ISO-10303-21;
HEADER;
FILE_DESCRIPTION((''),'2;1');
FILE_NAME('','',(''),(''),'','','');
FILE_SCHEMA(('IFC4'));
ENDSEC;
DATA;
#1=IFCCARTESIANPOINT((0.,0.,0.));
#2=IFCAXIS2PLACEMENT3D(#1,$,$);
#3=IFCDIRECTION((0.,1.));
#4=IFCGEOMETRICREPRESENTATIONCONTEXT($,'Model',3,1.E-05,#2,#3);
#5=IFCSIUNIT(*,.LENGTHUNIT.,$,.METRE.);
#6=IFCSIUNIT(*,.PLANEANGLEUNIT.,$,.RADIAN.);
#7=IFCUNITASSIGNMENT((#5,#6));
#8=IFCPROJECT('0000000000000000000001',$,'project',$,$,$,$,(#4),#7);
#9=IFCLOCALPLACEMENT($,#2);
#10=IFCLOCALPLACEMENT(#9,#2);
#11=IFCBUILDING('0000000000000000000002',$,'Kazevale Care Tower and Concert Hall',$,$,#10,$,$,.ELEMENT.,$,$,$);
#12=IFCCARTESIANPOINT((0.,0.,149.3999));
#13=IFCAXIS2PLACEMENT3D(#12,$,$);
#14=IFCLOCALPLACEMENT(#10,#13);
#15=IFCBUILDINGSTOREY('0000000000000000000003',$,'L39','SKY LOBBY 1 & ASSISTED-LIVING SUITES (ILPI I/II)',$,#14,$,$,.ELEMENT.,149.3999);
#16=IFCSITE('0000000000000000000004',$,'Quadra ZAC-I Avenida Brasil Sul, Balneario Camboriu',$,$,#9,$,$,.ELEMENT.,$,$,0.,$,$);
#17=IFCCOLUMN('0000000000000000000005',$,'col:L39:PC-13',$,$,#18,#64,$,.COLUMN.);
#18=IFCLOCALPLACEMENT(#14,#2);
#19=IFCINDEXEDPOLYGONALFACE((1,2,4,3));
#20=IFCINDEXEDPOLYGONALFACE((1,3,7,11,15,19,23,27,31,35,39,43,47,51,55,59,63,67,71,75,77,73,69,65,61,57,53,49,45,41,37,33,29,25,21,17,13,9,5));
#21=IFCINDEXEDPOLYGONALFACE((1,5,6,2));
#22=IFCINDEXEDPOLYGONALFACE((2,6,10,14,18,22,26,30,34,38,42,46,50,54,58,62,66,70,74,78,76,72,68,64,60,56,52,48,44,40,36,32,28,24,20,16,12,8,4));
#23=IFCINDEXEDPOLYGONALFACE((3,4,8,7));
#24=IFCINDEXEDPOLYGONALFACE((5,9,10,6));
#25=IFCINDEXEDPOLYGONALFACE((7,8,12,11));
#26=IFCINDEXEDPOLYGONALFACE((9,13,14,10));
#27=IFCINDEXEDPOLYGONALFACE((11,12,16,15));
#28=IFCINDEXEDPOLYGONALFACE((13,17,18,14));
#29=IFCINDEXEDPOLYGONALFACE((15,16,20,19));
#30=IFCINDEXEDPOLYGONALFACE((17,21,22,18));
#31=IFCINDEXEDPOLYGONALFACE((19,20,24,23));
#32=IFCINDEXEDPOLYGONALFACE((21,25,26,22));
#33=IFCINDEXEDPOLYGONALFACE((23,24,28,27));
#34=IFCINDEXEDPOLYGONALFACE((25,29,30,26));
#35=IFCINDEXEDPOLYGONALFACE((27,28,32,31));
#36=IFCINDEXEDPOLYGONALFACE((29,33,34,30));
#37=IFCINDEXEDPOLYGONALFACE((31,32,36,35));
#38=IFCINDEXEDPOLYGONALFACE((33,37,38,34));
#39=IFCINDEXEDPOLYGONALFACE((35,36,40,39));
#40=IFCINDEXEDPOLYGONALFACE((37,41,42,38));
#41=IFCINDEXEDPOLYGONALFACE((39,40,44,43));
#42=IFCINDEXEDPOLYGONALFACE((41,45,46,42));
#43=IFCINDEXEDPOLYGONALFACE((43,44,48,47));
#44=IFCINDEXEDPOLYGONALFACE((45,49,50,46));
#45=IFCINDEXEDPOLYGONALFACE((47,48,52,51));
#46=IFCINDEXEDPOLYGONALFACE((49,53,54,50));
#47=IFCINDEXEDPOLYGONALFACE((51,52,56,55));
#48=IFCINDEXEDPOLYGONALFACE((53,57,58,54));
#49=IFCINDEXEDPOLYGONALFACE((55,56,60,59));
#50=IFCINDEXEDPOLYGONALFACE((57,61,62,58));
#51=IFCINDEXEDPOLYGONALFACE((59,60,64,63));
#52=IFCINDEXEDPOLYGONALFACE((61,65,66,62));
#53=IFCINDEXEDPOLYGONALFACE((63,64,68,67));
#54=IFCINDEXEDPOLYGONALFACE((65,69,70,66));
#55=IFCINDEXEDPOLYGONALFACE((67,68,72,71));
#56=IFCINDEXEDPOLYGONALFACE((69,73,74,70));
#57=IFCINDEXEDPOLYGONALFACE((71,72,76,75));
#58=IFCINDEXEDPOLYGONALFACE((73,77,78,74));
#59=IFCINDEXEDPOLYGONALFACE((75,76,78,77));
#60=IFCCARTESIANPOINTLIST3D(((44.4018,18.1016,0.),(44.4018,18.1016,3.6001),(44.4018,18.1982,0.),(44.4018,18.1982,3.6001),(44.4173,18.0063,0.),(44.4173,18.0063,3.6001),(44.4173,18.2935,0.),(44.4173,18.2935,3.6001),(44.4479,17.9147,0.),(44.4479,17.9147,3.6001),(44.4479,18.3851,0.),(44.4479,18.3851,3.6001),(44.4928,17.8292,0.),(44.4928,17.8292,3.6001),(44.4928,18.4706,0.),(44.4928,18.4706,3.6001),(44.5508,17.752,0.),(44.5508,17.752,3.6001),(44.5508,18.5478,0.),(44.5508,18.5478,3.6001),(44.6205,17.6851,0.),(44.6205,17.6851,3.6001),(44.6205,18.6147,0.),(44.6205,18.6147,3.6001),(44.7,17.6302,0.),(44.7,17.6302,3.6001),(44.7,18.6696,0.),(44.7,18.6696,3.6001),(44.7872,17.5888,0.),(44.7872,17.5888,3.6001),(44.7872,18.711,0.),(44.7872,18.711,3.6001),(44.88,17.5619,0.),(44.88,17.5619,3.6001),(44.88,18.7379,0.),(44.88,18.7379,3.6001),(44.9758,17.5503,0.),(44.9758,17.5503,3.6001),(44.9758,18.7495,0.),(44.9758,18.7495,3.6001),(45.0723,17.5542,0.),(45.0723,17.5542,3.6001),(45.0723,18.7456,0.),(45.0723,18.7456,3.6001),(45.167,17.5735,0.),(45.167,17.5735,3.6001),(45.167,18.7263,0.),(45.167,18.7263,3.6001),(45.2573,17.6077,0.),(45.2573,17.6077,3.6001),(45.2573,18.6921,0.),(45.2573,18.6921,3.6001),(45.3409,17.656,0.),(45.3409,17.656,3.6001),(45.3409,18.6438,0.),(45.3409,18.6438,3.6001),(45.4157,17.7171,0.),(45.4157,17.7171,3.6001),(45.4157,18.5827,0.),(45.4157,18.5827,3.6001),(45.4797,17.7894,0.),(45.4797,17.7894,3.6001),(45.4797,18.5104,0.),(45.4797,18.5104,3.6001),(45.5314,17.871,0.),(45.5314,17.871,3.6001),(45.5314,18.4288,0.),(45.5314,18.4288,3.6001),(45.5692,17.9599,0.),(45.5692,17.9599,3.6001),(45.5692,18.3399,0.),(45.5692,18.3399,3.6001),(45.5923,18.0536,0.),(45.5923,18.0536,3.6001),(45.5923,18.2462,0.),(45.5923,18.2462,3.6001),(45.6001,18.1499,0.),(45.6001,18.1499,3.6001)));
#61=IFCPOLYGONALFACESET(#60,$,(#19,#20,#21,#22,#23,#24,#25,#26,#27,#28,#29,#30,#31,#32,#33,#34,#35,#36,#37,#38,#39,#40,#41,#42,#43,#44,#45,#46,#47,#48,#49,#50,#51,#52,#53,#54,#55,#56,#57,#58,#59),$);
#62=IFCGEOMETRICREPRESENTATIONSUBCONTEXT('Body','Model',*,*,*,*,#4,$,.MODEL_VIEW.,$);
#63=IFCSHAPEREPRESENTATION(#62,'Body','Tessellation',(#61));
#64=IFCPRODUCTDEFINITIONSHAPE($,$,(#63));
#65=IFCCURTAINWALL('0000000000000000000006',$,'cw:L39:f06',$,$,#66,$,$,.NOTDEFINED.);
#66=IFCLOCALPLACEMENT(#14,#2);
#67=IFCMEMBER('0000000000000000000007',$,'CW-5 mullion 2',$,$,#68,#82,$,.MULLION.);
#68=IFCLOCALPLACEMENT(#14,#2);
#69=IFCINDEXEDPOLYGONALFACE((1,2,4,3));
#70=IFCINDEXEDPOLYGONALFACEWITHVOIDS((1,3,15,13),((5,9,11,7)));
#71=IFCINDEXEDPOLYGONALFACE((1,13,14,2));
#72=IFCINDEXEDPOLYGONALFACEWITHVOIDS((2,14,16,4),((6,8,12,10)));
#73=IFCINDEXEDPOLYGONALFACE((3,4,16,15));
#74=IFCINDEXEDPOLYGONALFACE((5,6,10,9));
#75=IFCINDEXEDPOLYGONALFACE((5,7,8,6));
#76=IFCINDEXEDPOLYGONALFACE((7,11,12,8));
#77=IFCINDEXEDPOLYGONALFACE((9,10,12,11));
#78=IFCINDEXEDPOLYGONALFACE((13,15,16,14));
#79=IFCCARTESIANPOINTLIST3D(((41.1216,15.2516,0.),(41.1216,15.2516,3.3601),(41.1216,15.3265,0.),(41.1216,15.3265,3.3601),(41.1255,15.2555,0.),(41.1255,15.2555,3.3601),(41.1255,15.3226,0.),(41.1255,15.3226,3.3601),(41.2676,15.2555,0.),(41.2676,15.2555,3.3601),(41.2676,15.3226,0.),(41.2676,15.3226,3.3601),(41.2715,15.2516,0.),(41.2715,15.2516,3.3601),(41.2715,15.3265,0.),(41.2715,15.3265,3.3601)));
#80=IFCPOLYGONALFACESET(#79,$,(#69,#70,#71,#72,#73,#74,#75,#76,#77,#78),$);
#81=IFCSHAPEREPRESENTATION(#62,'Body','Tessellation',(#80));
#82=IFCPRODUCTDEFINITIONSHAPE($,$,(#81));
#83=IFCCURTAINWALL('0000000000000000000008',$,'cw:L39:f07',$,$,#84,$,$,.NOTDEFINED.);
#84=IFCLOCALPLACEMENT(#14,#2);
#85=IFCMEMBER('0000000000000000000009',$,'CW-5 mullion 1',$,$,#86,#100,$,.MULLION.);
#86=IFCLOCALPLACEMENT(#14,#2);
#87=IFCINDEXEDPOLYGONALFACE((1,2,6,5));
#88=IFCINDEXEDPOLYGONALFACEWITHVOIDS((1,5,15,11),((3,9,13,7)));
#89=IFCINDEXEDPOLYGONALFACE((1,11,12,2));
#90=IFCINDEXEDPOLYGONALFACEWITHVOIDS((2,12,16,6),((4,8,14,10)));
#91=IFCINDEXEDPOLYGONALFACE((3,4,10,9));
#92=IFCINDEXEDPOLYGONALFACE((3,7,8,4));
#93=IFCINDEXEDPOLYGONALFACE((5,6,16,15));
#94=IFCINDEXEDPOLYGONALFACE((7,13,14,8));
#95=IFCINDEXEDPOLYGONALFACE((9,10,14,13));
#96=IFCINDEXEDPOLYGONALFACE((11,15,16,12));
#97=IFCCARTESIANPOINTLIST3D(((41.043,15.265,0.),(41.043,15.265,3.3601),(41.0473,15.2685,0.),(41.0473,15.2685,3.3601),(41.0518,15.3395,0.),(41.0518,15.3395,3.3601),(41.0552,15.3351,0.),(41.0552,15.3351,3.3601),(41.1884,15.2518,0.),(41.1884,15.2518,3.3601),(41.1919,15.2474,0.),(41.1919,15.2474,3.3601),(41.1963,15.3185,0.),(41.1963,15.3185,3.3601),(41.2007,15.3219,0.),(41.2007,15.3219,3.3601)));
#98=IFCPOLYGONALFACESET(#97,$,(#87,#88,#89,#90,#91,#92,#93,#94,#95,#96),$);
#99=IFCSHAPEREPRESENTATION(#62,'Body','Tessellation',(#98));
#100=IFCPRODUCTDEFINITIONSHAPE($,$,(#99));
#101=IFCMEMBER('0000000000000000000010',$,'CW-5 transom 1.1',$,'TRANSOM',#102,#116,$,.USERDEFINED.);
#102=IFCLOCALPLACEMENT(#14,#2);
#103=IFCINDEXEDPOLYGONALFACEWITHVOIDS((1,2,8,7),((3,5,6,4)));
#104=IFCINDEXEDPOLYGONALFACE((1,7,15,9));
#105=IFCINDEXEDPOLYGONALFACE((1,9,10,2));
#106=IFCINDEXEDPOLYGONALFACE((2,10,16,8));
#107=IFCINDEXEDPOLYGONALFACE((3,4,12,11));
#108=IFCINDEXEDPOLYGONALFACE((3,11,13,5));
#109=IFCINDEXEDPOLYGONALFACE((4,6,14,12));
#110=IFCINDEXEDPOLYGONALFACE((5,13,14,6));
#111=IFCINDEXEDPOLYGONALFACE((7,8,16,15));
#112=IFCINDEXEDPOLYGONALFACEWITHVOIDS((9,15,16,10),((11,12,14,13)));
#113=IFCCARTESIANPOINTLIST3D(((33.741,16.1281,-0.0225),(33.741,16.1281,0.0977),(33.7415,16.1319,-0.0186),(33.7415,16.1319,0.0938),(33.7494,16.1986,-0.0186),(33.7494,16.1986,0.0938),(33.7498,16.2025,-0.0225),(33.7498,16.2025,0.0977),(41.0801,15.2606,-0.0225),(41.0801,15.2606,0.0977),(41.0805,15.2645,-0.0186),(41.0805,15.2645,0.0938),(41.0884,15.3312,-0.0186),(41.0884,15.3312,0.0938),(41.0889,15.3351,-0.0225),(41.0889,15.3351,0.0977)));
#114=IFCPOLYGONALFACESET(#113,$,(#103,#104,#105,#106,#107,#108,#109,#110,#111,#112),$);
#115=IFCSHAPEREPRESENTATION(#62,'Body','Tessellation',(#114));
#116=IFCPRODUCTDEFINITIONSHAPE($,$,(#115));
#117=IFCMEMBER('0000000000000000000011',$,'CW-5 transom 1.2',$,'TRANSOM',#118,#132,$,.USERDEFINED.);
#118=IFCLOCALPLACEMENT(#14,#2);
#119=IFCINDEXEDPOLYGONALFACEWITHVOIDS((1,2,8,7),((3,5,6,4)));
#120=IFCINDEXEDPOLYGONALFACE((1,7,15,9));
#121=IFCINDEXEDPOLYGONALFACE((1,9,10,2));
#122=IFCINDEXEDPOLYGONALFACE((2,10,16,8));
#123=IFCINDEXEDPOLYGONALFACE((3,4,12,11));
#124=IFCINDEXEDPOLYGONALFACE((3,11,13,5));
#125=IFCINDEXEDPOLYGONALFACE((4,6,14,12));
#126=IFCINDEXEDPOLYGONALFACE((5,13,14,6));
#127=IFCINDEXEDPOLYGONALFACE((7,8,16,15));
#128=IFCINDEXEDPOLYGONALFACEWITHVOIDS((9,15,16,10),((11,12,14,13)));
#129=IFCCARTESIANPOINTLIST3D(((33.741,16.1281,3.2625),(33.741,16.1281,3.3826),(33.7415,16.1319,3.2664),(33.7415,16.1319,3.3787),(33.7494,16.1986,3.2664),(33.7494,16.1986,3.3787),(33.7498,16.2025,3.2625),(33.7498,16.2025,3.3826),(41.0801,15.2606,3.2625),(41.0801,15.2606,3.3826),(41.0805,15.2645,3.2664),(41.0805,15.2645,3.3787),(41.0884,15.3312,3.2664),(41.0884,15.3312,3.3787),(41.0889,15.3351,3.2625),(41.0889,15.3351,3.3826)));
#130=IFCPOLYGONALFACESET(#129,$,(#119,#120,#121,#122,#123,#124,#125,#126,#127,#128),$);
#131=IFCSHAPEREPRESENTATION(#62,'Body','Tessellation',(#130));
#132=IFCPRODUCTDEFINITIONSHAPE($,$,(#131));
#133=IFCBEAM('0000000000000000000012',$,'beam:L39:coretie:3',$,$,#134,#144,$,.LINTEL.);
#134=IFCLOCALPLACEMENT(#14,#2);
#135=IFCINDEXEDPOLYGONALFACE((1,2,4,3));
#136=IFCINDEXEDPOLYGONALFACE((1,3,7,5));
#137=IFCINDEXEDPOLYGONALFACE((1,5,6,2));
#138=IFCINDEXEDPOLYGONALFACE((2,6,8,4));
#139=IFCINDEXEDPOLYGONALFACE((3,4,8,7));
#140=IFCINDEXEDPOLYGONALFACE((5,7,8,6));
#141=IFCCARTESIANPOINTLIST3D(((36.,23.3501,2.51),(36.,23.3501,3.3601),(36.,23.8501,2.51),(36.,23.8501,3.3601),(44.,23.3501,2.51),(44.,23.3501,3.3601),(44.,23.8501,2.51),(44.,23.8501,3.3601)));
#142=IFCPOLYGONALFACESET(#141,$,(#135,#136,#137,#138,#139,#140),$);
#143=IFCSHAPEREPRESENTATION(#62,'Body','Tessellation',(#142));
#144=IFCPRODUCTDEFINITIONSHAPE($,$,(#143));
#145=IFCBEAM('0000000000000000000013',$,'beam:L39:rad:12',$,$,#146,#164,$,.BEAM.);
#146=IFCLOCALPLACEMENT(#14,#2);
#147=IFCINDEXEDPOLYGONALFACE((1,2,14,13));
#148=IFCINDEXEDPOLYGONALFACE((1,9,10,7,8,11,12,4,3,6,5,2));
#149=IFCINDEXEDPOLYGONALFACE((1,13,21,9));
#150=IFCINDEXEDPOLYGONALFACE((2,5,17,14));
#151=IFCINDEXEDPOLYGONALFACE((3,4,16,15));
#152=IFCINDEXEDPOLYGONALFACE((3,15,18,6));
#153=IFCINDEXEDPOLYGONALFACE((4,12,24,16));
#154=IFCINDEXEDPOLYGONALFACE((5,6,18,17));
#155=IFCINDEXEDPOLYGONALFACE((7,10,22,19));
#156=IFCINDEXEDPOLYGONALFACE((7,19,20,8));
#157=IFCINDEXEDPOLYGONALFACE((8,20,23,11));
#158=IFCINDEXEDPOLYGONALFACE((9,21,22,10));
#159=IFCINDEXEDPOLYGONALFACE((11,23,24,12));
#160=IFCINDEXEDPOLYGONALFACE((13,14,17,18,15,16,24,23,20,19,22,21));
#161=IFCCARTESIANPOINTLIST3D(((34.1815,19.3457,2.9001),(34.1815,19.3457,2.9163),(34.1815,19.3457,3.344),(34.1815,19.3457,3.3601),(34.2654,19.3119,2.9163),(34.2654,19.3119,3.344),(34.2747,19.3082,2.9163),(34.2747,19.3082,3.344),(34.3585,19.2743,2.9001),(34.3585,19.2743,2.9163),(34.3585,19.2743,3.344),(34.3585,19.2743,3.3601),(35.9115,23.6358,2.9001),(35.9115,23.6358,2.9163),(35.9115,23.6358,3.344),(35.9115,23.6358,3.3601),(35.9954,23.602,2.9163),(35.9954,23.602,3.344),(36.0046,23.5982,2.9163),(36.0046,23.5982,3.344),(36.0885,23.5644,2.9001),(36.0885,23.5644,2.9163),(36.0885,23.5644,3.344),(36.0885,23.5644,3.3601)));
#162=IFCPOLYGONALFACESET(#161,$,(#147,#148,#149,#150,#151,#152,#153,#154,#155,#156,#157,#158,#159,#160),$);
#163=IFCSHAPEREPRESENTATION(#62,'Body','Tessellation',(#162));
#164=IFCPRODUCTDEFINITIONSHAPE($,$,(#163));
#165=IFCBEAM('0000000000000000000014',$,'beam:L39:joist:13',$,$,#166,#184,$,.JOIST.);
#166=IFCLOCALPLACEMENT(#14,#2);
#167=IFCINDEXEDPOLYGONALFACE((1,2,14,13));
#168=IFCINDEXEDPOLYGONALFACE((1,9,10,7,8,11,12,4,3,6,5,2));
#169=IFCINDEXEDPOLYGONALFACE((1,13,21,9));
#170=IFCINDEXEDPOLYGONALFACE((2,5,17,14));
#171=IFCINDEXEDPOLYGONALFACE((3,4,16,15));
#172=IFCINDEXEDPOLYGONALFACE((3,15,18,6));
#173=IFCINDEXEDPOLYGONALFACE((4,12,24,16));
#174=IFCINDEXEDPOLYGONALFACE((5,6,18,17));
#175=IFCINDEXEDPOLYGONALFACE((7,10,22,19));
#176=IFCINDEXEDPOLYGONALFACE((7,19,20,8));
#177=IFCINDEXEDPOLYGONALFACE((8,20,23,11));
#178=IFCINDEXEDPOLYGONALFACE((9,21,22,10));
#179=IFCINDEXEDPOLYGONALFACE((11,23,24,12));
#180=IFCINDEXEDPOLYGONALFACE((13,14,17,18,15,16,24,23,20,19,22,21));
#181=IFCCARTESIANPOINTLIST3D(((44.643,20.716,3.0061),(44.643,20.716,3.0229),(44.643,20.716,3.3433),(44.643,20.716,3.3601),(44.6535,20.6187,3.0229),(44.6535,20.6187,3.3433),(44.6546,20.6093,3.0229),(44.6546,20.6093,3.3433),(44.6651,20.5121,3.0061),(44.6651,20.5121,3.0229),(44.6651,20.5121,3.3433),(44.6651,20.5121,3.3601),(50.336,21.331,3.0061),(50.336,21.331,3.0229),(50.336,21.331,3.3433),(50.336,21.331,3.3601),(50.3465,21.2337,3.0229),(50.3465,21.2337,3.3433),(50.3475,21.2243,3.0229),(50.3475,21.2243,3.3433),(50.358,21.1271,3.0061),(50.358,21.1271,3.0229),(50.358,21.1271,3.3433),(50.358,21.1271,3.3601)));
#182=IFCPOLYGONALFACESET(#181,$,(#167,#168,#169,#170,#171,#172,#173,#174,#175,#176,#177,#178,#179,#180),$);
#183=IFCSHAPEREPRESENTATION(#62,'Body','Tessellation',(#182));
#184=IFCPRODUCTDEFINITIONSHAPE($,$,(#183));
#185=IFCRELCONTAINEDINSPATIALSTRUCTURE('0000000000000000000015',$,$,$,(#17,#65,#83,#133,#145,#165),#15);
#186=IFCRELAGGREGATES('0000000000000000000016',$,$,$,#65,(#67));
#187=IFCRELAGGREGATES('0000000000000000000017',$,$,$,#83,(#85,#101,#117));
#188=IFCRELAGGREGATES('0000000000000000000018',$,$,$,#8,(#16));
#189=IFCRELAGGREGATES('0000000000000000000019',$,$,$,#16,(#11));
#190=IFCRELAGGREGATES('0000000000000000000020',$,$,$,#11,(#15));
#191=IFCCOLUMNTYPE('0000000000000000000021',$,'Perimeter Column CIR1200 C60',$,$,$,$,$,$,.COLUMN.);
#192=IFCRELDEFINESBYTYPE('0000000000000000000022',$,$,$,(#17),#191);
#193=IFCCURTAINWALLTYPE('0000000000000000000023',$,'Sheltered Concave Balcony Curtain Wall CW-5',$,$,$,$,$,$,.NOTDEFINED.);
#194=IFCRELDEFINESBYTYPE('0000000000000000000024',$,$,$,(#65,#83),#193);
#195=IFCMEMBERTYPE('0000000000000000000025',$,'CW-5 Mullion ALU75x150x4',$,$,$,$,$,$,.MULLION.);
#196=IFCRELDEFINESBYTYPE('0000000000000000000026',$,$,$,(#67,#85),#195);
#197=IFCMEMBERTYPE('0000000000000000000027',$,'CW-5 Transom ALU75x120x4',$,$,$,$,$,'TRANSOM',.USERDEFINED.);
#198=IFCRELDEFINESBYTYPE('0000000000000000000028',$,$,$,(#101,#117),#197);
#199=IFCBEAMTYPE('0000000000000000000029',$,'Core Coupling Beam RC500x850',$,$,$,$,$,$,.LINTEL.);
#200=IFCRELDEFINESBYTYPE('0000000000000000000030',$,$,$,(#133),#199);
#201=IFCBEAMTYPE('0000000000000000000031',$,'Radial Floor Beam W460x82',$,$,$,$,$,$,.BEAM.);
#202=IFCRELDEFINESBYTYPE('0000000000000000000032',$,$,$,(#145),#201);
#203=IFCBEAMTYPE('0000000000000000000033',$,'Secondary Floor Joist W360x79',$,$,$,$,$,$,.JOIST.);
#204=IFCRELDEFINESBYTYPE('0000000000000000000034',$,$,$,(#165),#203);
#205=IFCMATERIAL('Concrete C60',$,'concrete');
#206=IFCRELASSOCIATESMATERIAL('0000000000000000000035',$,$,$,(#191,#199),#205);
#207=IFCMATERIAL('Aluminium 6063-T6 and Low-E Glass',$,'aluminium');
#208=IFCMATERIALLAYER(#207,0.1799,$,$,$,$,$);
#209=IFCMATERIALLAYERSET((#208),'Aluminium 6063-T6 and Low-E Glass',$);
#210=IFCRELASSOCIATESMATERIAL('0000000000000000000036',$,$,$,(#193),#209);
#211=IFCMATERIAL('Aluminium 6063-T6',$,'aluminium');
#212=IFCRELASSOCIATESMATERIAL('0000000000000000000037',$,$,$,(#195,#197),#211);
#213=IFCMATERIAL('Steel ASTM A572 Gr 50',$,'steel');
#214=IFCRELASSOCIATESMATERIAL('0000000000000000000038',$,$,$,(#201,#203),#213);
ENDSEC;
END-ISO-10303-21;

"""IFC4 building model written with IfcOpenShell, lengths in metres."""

from ifc_helpers import new_model, si_unit, direction, frame, origin, origin_2d, place, context, subcontext, project, spatial, rectangle, hollow_rectangle, circle, i_section, extrude, material, layer, layer_set, material_profile, profile_set, type_object, element, aggregate, save


model = new_model("IFC4")

# Units and contexts
model_context = context("Model", 3, precision=1e-05, world=origin(), true_north=direction((0.0, 1.0)))
body_context = subcontext(model_context, "Body", "Model", "MODEL_VIEW")
ifc_project = project(units=[si_unit("LENGTHUNIT", "METRE"), si_unit("PLANEANGLEUNIT", "RADIAN")], contexts=[model_context])

# Site, building, storey
site_placement = place(None, origin())
site = spatial("IfcSite", under=ifc_project, at=site_placement, Name="Quadra ZAC-I Avenida Brasil Sul, Balneario Camboriu", CompositionType="ELEMENT", RefElevation=0.0)
building_placement = place(site_placement, origin())
building = spatial("IfcBuilding", under=site, at=building_placement, Name="Kazevale Care Tower and Concert Hall", CompositionType="ELEMENT")
storey_placement = place(building_placement, frame((0.0, 0.0, 149.3999)))
storey = spatial("IfcBuildingStorey", under=building, at=storey_placement, Name="L39", Description="SKY LOBBY 1 & ASSISTED-LIVING SUITES (ILPI I/II)", CompositionType="ELEMENT", Elevation=149.3999)

# Column
ifc_material_1 = material(Name="Concrete C60", Category="concrete")
ifc_material_profile_1 = material_profile(ifc_material_1, circle(Radius=0.6001, at=origin_2d()), Name="RC-CIR1200")
ifc_profile_set_1 = profile_set([ifc_material_profile_1], Name="Concrete C60")
column_type = type_object("IfcColumnType", Name="Perimeter Column CIR1200 C60", PredefinedType="COLUMN", material=ifc_profile_set_1)
column_placement = place(storey_placement, frame((45.0, 18.1499, 0.0), z_axis=(0.0, 0.0, 1.0), x_axis=(1.0, 0.0, 0.0)))
element("IfcColumn", 1, at=column_placement, inside=storey, type_object=column_type, Name="col:L39:PC-13", PredefinedType="COLUMN", context=body_context, shape_type="SweptSolid", body=[
    extrude(circle(Radius=0.6001, at=origin_2d()), origin(), (0.0, 0.0, 1.0), 3.6001),
])

# Curtain wall, member
ifc_material_2 = material(Name="Aluminium 6063-T6 and Low-E Glass", Category="aluminium")
ifc_layer_1 = layer(ifc_material_2, 0.1799)
ifc_layer_set_1 = layer_set([ifc_layer_1], Name="Aluminium 6063-T6 and Low-E Glass")
curtain_wall_type = type_object("IfcCurtainWallType", Name="Sheltered Concave Balcony Curtain Wall CW-5", PredefinedType="NOTDEFINED", material=ifc_layer_set_1)
curtain_wall_1_placement = place(storey_placement, origin())
curtain_wall_1 = element("IfcCurtainWall", 2, at=curtain_wall_1_placement, inside=storey, type_object=curtain_wall_type, Name="cw:L39:f06", PredefinedType="NOTDEFINED")
ifc_material_3 = material(Name="Aluminium 6063-T6", Category="aluminium")
ifc_material_profile_2 = material_profile(ifc_material_3, hollow_rectangle(XDim=0.075, YDim=0.1499, WallThickness=0.0039, at=origin_2d()), Name="ALU75x150x4")
ifc_profile_set_2 = profile_set([ifc_material_profile_2], Name="Aluminium 6063-T6")
member_type_1 = type_object("IfcMemberType", Name="CW-5 Mullion ALU75x150x4", PredefinedType="MULLION", material=ifc_profile_set_2)
member_1_placement = place(storey_placement, frame((41.1965, 15.2891, 0.0), z_axis=(0.0, 0.0, 1.0), x_axis=(0.0, -1.0, 0.0)))
member_1 = element("IfcMember", 3, at=member_1_placement, type_object=member_type_1, Name="CW-5 mullion 2", PredefinedType="MULLION", context=body_context, shape_type="SweptSolid", body=[
    extrude(hollow_rectangle(XDim=0.075, YDim=0.1499, WallThickness=0.0039, at=origin_2d()), origin(), (0.0, 0.0, 1.0), 3.3601),
])

# Curtain wall, members
curtain_wall_2_placement = place(storey_placement, origin())
curtain_wall_2 = element("IfcCurtainWall", 4, at=curtain_wall_2_placement, inside=storey, type_object=curtain_wall_type, Name="cw:L39:f07", PredefinedType="NOTDEFINED")
member_2_placement = place(storey_placement, frame((41.1218, 15.2935, 0.0), z_axis=(0.0, 0.0, 1.0), x_axis=(-0.117372, -0.993088, 0.0)))
member_2 = element("IfcMember", 5, at=member_2_placement, type_object=member_type_1, Name="CW-5 mullion 1", PredefinedType="MULLION", context=body_context, shape_type="SweptSolid", body=[
    extrude(hollow_rectangle(XDim=0.075, YDim=0.1499, WallThickness=0.0039, at=origin_2d()), origin(), (0.0, 0.0, 1.0), 3.3601),
])
ifc_material_profile_3 = material_profile(ifc_material_3, hollow_rectangle(XDim=0.075, YDim=0.1201, WallThickness=0.0039, at=origin_2d()), Name="ALU75x120x4")
ifc_profile_set_3 = profile_set([ifc_material_profile_3], Name="Aluminium 6063-T6")
member_type_2 = type_object("IfcMemberType", Name="CW-5 Transom ALU75x120x4", ElementType="TRANSOM", PredefinedType="USERDEFINED", material=ifc_profile_set_3)
member_3_placement = place(storey_placement, frame((41.0845, 15.2979, 0.0376), z_axis=(-0.993088, 0.117376, 0.0), x_axis=(-0.117376, -0.993088, 0.0)))
member_3 = element("IfcMember", 6, at=member_3_placement, type_object=member_type_2, Name="CW-5 transom 1.1", ObjectType="TRANSOM", PredefinedType="USERDEFINED", context=body_context, shape_type="SweptSolid", body=[
    extrude(hollow_rectangle(XDim=0.075, YDim=0.1201, WallThickness=0.0039, at=origin_2d()), origin(), (0.0, 0.0, 1.0), 7.3901),
])
member_4_placement = place(storey_placement, frame((41.0845, 15.2979, 3.3225), z_axis=(-0.993088, 0.117376, 0.0), x_axis=(-0.117376, -0.993088, 0.0)))
member_4 = element("IfcMember", 7, at=member_4_placement, type_object=member_type_2, Name="CW-5 transom 1.2", ObjectType="TRANSOM", PredefinedType="USERDEFINED", context=body_context, shape_type="SweptSolid", body=[
    extrude(hollow_rectangle(XDim=0.075, YDim=0.1201, WallThickness=0.0039, at=origin_2d()), origin(), (0.0, 0.0, 1.0), 7.3901),
])

# Beams
ifc_material_profile_4 = material_profile(ifc_material_1, rectangle(XDim=0.5, YDim=0.8501, at=origin_2d()), Name="RC-B500x850")
ifc_profile_set_4 = profile_set([ifc_material_profile_4], Name="Concrete C60")
beam_type_1 = type_object("IfcBeamType", Name="Core Coupling Beam RC500x850", PredefinedType="LINTEL", material=ifc_profile_set_4)
beam_1_placement = place(storey_placement, frame((36.0, 23.6001, 2.9351), z_axis=(1.0, 0.0, 0.0), x_axis=(0.0, 1.0, 0.0)))
element("IfcBeam", 8, at=beam_1_placement, inside=storey, type_object=beam_type_1, Name="beam:L39:coretie:3", PredefinedType="LINTEL", context=body_context, shape_type="SweptSolid", body=[
    extrude(rectangle(XDim=0.5, YDim=0.8501, at=origin_2d()), origin(), (0.0, 0.0, 1.0), 8.0),
])
ifc_material_4 = material(Name="Steel ASTM A572 Gr 50", Category="steel")
ifc_material_profile_5 = material_profile(ifc_material_4, i_section(OverallWidth=0.1909, OverallDepth=0.46, WebThickness=0.01, FlangeThickness=0.0161, at=origin_2d()), Name="W460x82")
ifc_profile_set_5 = profile_set([ifc_material_profile_5], Name="Steel ASTM A572 Gr 50")
beam_type_2 = type_object("IfcBeamType", Name="Radial Floor Beam W460x82", PredefinedType="BEAM", material=ifc_profile_set_5)
beam_2_placement = place(storey_placement, frame((36.0, 23.6001, 3.1301), z_axis=(-0.373992, -0.927432, 0.0), x_axis=(0.927432, -0.373992, 0.0)))
element("IfcBeam", 9, at=beam_2_placement, inside=storey, type_object=beam_type_2, Name="beam:L39:rad:12", PredefinedType="BEAM", context=body_context, shape_type="SweptSolid", body=[
    extrude(i_section(OverallWidth=0.1909, OverallDepth=0.46, WebThickness=0.01, FlangeThickness=0.0161, at=origin_2d()), origin(), (0.0, 0.0, 1.0), 4.6257),
])
ifc_material_profile_6 = material_profile(ifc_material_4, i_section(OverallWidth=0.2051, OverallDepth=0.354, WebThickness=0.0095, FlangeThickness=0.0168, at=origin_2d()), Name="W360x79")
ifc_profile_set_6 = profile_set([ifc_material_profile_6], Name="Steel ASTM A572 Gr 50")
beam_type_3 = type_object("IfcBeamType", Name="Secondary Floor Joist W360x79", PredefinedType="JOIST", material=ifc_profile_set_6)
beam_3_placement = place(storey_placement, frame((44.6541, 20.614, 3.1831), z_axis=(0.994216, 0.107403, 0.0), x_axis=(-0.107403, 0.994216, 0.0)))
element("IfcBeam", 10, at=beam_3_placement, inside=storey, type_object=beam_type_3, Name="beam:L39:joist:13", PredefinedType="JOIST", context=body_context, shape_type="SweptSolid", body=[
    extrude(i_section(OverallWidth=0.2051, OverallDepth=0.354, WebThickness=0.0095, FlangeThickness=0.0168, at=origin_2d()), origin(), (0.0, 0.0, 1.0), 5.7261),
])

aggregate(curtain_wall_1, [member_1])
aggregate(curtain_wall_2, [member_2, member_3, member_4])

save(model, "model.ifc")
